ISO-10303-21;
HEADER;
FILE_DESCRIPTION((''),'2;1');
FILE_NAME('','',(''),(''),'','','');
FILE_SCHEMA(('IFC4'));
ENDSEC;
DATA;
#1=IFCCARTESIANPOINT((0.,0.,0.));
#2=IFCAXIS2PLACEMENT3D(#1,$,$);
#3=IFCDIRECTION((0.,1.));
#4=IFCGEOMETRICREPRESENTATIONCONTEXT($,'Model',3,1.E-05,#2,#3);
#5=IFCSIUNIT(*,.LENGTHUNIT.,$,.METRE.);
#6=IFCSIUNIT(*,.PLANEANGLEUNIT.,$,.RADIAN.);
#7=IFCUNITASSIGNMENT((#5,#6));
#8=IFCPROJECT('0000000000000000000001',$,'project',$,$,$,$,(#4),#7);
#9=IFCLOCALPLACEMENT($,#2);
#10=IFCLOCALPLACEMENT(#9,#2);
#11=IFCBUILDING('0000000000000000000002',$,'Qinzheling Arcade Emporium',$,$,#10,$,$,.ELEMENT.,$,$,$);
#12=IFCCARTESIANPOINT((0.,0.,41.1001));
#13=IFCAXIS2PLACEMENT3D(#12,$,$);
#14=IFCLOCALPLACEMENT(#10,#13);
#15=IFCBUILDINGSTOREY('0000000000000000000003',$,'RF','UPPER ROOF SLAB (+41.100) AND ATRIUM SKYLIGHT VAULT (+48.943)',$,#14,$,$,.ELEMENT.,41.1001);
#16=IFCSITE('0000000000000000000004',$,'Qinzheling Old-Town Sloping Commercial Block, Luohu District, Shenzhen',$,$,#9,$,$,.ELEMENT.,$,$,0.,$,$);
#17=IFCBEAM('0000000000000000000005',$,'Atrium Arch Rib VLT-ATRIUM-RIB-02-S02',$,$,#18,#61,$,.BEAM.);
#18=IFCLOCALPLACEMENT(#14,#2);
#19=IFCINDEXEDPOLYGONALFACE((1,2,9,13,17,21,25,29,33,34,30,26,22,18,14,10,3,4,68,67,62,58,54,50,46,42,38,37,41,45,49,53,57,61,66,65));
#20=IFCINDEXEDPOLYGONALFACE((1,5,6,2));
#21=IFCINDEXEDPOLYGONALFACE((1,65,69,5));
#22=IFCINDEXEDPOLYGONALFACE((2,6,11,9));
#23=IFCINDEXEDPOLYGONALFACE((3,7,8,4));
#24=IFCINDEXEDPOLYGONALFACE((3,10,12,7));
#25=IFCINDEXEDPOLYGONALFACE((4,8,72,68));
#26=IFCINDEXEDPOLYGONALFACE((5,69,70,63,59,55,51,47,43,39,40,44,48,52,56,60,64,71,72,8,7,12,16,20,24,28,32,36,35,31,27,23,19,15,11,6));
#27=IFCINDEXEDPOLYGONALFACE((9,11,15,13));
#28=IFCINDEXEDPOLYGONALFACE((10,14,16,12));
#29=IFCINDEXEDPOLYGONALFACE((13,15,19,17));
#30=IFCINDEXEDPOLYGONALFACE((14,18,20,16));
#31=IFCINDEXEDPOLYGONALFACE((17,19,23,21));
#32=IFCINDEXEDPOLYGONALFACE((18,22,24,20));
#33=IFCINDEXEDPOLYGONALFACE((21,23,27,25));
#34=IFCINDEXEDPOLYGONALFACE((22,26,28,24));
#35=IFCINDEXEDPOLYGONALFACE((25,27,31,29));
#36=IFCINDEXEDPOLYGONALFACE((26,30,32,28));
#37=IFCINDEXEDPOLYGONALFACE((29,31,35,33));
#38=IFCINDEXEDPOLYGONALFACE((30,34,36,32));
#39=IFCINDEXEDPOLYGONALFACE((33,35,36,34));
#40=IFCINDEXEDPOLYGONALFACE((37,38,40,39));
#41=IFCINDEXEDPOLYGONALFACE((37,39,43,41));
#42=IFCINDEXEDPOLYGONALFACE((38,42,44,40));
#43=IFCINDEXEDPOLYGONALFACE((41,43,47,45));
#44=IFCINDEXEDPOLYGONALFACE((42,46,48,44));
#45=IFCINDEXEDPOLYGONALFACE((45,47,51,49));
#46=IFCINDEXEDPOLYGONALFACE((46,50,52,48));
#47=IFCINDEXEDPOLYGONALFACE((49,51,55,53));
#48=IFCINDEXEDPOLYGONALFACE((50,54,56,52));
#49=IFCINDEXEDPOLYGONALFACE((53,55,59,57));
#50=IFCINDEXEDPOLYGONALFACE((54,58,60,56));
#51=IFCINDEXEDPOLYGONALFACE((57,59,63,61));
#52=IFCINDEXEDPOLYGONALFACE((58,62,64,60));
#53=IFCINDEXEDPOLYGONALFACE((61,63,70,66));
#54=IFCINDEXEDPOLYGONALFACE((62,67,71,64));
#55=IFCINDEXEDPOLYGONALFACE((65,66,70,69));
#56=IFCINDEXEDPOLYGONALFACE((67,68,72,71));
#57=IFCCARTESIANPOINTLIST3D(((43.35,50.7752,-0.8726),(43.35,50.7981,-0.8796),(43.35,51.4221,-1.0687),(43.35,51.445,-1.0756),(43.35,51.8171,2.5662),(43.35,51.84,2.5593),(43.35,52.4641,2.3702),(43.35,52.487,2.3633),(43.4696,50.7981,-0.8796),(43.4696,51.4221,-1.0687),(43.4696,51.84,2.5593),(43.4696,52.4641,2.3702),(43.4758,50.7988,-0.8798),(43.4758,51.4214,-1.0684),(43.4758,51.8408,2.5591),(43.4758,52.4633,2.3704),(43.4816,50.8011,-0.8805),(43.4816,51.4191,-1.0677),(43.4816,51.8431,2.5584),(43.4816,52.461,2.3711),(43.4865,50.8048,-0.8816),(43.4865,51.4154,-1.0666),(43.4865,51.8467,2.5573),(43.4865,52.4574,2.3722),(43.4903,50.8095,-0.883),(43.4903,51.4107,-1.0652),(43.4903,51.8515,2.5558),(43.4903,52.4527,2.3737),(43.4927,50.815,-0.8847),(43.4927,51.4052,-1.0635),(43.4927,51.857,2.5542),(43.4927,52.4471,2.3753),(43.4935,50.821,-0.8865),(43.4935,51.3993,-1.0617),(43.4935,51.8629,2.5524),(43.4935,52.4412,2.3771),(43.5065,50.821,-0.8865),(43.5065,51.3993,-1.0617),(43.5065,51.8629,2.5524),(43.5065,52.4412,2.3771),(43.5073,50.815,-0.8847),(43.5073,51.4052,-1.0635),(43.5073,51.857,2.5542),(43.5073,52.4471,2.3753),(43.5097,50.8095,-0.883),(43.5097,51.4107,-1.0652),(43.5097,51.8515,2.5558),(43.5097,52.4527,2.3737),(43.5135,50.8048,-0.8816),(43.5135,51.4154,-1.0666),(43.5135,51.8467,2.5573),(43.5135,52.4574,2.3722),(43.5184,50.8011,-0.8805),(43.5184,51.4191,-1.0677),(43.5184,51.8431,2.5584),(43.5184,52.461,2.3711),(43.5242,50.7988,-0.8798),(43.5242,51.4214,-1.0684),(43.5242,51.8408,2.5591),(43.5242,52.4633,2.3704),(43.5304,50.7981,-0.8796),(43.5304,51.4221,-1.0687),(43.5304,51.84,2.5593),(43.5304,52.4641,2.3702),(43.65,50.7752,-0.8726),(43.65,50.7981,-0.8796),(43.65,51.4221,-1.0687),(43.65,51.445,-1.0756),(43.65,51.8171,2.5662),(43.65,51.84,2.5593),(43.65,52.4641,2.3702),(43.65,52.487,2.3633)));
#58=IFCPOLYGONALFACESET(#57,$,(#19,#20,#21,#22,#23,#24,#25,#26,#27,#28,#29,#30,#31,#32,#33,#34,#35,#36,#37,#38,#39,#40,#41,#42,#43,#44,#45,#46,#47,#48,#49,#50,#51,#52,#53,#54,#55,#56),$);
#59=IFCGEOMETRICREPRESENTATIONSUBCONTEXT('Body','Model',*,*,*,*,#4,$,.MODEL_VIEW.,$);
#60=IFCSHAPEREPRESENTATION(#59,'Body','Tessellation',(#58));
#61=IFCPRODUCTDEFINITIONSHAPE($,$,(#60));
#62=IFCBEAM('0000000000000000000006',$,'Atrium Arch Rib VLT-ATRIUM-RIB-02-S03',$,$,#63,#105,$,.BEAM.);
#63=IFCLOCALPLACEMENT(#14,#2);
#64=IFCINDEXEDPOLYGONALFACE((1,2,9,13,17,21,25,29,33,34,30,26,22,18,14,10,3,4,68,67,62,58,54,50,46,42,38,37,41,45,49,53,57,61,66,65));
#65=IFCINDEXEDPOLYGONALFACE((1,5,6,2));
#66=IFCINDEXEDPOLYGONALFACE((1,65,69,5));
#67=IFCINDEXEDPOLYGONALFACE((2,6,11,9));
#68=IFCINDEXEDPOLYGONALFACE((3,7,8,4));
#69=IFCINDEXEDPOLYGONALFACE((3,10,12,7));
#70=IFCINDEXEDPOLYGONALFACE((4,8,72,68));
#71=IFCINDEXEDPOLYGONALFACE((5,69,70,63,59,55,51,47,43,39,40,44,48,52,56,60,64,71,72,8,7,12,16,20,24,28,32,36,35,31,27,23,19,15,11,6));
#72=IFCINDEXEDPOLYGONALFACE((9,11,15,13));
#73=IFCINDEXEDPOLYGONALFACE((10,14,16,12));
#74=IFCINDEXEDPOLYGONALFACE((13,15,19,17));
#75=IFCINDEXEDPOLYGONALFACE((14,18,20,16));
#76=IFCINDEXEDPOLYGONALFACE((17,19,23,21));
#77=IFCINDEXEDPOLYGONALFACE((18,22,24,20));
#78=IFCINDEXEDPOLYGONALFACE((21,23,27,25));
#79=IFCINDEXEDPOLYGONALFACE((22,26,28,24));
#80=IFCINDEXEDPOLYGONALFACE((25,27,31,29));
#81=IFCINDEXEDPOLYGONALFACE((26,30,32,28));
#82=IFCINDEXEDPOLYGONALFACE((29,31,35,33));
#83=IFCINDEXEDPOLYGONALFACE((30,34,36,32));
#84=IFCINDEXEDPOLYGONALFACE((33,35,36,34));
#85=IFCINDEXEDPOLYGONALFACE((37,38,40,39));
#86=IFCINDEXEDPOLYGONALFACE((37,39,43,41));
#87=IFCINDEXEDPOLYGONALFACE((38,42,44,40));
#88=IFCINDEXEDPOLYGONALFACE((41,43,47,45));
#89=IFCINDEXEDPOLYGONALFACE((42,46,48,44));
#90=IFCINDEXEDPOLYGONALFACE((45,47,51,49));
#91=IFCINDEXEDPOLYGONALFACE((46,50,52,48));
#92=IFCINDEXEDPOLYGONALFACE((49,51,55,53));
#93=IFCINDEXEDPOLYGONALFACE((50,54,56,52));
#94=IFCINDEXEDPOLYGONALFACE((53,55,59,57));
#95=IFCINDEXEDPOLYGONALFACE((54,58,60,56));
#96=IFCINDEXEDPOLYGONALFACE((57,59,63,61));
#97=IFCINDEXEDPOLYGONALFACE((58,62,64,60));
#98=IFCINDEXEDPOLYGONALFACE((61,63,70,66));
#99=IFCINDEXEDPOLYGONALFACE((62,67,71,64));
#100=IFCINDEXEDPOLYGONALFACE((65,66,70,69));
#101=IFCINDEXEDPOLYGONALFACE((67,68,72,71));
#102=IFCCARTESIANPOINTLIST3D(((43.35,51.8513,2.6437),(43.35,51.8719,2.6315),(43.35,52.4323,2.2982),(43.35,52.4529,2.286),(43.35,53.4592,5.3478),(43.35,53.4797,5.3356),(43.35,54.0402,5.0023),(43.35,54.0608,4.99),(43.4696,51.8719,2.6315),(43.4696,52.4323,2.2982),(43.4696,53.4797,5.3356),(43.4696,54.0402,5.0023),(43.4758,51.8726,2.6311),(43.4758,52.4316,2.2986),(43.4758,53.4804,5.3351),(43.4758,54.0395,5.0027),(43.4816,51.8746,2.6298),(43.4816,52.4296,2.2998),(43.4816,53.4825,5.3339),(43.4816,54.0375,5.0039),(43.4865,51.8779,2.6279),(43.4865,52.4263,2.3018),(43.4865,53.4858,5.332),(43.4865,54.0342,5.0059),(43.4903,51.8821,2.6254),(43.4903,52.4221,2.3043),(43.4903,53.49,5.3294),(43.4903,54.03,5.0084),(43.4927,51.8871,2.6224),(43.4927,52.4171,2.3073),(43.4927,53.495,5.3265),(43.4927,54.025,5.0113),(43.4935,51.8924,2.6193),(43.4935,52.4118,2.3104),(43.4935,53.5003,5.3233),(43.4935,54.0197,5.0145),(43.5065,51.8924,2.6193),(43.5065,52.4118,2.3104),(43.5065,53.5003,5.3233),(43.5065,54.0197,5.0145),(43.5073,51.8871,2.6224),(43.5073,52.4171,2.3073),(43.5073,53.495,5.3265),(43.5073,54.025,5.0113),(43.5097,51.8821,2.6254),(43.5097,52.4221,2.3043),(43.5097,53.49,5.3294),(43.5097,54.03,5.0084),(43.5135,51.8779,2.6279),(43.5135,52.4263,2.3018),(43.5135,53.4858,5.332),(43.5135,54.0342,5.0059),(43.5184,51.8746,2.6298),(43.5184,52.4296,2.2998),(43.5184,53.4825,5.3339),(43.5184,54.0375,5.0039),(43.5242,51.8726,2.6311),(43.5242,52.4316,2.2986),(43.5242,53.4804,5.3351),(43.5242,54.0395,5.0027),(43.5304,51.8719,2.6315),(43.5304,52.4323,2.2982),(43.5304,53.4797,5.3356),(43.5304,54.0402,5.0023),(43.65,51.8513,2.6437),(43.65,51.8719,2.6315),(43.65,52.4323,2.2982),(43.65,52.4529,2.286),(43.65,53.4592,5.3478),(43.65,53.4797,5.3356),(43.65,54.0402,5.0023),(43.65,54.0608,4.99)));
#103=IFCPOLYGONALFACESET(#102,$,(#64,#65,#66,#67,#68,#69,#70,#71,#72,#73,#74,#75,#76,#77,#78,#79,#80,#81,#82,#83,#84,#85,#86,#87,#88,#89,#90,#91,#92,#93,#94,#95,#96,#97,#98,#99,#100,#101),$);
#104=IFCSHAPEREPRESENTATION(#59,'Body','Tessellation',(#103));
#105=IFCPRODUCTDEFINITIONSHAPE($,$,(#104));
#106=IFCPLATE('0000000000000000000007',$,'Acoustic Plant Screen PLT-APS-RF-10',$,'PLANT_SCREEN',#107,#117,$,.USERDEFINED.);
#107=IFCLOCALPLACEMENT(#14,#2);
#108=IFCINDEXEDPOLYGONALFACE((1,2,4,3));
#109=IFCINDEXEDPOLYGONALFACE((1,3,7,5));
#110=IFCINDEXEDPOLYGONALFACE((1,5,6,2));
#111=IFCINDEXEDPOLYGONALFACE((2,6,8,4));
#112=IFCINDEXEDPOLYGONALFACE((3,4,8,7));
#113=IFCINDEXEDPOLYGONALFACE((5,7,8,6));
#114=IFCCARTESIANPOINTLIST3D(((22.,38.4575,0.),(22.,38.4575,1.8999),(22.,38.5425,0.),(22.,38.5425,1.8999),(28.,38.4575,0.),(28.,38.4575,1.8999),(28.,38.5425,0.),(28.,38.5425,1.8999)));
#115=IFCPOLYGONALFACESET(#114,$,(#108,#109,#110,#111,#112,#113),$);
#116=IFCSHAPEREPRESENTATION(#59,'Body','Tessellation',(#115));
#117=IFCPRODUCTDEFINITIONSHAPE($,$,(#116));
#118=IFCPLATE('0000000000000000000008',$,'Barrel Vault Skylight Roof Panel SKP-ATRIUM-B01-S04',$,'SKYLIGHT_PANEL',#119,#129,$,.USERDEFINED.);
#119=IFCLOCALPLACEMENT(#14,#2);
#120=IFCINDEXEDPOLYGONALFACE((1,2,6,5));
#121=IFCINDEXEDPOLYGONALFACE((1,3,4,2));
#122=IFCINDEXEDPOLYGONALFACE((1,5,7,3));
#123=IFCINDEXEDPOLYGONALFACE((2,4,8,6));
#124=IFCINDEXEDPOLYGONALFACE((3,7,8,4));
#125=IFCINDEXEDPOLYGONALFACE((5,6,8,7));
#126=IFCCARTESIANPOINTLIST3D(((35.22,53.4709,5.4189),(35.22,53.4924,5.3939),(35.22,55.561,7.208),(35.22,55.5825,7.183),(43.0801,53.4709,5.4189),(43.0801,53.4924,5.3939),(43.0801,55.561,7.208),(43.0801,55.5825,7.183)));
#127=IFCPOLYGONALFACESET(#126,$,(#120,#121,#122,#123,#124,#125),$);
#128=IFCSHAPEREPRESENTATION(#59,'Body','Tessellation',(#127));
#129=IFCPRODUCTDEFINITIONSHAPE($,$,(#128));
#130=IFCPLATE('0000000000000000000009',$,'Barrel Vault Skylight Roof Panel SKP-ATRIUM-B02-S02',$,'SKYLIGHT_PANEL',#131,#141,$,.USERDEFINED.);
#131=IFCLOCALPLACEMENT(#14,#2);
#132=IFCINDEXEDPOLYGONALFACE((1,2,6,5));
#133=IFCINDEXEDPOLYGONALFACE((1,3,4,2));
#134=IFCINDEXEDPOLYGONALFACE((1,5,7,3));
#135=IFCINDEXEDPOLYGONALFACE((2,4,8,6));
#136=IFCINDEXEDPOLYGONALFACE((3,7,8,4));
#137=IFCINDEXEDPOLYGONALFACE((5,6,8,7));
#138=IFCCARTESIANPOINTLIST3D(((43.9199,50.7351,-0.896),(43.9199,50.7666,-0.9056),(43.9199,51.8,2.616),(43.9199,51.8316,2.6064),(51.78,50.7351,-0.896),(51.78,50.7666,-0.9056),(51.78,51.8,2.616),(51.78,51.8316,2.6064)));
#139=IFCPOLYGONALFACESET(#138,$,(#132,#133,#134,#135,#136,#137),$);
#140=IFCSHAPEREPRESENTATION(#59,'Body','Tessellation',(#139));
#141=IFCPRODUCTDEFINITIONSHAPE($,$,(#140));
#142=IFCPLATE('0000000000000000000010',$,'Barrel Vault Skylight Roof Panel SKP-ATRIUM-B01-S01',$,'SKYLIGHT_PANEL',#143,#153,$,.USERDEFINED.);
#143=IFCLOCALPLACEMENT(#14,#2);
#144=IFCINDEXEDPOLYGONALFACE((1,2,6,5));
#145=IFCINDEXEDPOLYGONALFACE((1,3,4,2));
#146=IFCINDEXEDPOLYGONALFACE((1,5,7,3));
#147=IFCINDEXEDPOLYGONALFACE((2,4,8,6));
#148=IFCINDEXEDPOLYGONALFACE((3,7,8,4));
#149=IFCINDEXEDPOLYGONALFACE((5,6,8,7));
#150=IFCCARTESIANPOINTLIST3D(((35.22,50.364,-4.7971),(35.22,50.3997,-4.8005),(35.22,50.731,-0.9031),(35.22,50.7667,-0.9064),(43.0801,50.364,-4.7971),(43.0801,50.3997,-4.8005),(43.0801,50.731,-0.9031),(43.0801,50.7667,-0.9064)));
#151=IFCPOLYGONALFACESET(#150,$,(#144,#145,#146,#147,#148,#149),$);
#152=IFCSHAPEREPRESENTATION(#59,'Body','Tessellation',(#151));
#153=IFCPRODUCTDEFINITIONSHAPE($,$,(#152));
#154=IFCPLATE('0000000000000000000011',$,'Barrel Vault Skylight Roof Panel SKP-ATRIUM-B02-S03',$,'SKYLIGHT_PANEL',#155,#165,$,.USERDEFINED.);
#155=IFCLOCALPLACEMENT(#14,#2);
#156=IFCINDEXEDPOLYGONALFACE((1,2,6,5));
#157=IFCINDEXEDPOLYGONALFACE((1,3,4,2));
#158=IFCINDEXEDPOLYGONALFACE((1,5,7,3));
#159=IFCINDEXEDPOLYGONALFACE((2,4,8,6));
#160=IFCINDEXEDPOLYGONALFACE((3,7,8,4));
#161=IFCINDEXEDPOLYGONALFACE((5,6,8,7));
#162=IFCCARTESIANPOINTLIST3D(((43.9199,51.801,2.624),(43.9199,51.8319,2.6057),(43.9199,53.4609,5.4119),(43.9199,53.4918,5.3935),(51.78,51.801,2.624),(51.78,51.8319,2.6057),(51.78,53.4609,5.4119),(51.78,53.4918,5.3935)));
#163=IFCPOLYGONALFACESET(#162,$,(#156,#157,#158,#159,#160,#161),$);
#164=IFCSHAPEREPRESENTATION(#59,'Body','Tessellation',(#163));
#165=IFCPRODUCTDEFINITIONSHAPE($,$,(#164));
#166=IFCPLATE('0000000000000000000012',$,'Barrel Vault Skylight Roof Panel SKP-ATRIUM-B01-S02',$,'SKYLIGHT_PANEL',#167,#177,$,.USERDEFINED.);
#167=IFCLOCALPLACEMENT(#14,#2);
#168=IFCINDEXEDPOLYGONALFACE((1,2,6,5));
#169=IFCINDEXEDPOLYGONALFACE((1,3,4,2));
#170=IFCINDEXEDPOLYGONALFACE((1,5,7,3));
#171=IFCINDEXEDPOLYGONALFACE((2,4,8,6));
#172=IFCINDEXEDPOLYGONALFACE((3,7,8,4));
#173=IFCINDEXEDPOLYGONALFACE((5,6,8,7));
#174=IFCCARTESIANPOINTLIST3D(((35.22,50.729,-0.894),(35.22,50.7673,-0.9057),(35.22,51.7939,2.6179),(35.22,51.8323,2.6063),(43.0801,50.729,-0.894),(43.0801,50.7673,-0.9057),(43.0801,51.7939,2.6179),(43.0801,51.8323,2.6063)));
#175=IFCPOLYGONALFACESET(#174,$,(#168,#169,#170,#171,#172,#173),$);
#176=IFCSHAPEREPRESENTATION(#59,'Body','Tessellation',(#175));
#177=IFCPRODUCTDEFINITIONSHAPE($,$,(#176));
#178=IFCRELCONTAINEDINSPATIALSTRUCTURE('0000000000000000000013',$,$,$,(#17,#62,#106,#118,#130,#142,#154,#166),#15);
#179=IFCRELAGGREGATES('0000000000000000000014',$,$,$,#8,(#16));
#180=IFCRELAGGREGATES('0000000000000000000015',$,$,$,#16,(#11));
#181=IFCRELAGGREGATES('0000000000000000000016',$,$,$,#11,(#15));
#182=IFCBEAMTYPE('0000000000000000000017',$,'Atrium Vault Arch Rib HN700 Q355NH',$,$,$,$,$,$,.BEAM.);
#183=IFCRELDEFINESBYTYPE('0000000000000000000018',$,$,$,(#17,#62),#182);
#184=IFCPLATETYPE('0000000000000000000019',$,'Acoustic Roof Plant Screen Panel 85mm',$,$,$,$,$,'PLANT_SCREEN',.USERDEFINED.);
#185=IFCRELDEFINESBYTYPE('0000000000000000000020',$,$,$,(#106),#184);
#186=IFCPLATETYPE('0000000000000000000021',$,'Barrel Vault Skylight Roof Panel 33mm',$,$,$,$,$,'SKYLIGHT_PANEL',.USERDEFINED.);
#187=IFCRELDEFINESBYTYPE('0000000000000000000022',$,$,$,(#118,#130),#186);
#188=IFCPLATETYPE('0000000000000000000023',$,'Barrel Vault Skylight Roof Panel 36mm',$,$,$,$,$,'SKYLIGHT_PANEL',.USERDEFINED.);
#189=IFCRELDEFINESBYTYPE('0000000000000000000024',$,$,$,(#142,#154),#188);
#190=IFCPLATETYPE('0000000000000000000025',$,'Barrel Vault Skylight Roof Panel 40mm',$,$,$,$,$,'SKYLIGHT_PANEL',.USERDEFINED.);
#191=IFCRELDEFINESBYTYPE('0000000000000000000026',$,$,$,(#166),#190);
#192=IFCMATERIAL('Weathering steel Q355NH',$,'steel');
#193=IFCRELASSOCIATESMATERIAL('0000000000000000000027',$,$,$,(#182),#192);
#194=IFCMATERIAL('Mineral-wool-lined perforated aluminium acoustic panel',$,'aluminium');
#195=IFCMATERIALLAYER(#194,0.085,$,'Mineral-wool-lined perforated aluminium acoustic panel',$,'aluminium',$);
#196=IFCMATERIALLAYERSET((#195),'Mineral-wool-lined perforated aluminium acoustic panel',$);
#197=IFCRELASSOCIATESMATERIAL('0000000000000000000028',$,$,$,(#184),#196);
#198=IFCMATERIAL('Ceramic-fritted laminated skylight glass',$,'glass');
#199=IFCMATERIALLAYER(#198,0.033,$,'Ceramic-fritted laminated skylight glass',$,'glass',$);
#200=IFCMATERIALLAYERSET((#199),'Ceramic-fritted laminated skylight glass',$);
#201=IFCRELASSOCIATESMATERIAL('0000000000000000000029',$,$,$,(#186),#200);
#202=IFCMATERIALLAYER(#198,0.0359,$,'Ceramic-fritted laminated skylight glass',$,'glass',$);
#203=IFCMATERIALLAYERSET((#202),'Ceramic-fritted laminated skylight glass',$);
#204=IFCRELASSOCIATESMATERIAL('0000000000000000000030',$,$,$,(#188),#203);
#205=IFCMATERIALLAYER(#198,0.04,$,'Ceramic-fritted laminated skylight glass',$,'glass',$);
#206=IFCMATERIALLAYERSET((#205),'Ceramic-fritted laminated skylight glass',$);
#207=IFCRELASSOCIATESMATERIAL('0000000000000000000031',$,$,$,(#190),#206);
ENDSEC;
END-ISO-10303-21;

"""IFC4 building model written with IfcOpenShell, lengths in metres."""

from ifc_helpers import new_model, si_unit, direction, frame, origin, origin_2d, place, context, subcontext, project, spatial, polyline, rectangle, i_section, outline, extrude, material, layer, layer_set, material_profile, profile_set, type_object, element, save


model = new_model("IFC4")

# Units and contexts
model_context = context("Model", 3, precision=1e-05, world=origin(), true_north=direction((0.0, 1.0)))
body_context = subcontext(model_context, "Body", "Model", "MODEL_VIEW")
ifc_project = project(units=[si_unit("LENGTHUNIT", "METRE"), si_unit("PLANEANGLEUNIT", "RADIAN")], contexts=[model_context])

# Site, building, storey
site_placement = place(None, origin())
site = spatial("IfcSite", under=ifc_project, at=site_placement, Name="Qinzheling Old-Town Sloping Commercial Block, Luohu District, Shenzhen", CompositionType="ELEMENT", RefElevation=0.0)
building_placement = place(site_placement, origin())
building = spatial("IfcBuilding", under=site, at=building_placement, Name="Qinzheling Arcade Emporium", CompositionType="ELEMENT")
storey_placement = place(building_placement, frame((0.0, 0.0, 41.1001)))
storey = spatial("IfcBuildingStorey", under=building, at=storey_placement, Name="RF", Description="UPPER ROOF SLAB (+41.100) AND ATRIUM SKYLIGHT VAULT (+48.943)", CompositionType="ELEMENT", Elevation=41.1001)

# Shared definitions
ifc_material_1 = material(Name="Weathering steel Q355NH", Category="steel")

# Beams
ifc_material_profile_1 = material_profile(ifc_material_1, i_section(OverallWidth=0.3, OverallDepth=0.7, WebThickness=0.0129, FlangeThickness=0.0239, FilletRadius=0.0239, at=origin_2d()), Name="HN 700x300x13x24", Category="steel")
ifc_profile_set_1 = profile_set([ifc_material_profile_1], Name="Weathering steel Q355NH")
beam_type_1 = type_object("IfcBeamType", Name="Atrium Vault Arch Rib HN700 Q355NH", PredefinedType="BEAM", material=ifc_profile_set_1)
beam_1_placement = place(storey_placement, frame((43.5, 51.1101, -0.9741), z_axis=(0.0, 0.289977, 0.957034), x_axis=(-1.0, 0.0, 0.0)))
element("IfcBeam", 1, at=beam_1_placement, inside=storey, type_object=beam_type_1, Name="Atrium Arch Rib VLT-ATRIUM-RIB-02-S02", PredefinedType="BEAM", context=body_context, shape_type="SweptSolid", body=[
    extrude(i_section(OverallWidth=0.3, OverallDepth=0.7, WebThickness=0.0129, FlangeThickness=0.0239, FilletRadius=0.0239, at=origin_2d()), origin(), (0.0, 0.0, 1.0), 3.5933),
])
beam_2_placement = place(storey_placement, frame((43.5, 52.1521, 2.4648), z_axis=(0.0, 0.511091, 0.859527), x_axis=(-1.0, 0.0, 0.0)))
element("IfcBeam", 2, at=beam_2_placement, inside=storey, type_object=beam_type_1, Name="Atrium Arch Rib VLT-ATRIUM-RIB-02-S03", PredefinedType="BEAM", context=body_context, shape_type="SweptSolid", body=[
    extrude(i_section(OverallWidth=0.3, OverallDepth=0.7, WebThickness=0.0129, FlangeThickness=0.0239, FilletRadius=0.0239, at=origin_2d()), origin(), (0.0, 0.0, 1.0), 3.146),
])

# Plates
ifc_material_2 = material(Name="Mineral-wool-lined perforated aluminium acoustic panel", Category="aluminium")
ifc_layer_1 = layer(ifc_material_2, 0.085, Name="Mineral-wool-lined perforated aluminium acoustic panel", Category="aluminium")
ifc_layer_set_1 = layer_set([ifc_layer_1], Name="Mineral-wool-lined perforated aluminium acoustic panel")
plate_type_1 = type_object("IfcPlateType", Name="Acoustic Roof Plant Screen Panel 85mm", ElementType="PLANT_SCREEN", PredefinedType="USERDEFINED", material=ifc_layer_set_1)
plate_1_placement = place(storey_placement, frame((25.0, 38.5, 0.0), z_axis=(0.0, 0.0, 1.0), x_axis=(1.0, 0.0, 0.0)))
element("IfcPlate", 3, at=plate_1_placement, inside=storey, type_object=plate_type_1, Name="Acoustic Plant Screen PLT-APS-RF-10", ObjectType="PLANT_SCREEN", PredefinedType="USERDEFINED", context=body_context, shape_type="SweptSolid", body=[
    extrude(rectangle(XDim=6.0, YDim=0.085, at=origin_2d()), origin(), (0.0, 0.0, 1.0), 1.8999),
])
ifc_material_3 = material(Name="Ceramic-fritted laminated skylight glass", Category="glass")
ifc_layer_2 = layer(ifc_material_3, 0.033, Name="Ceramic-fritted laminated skylight glass", Category="glass")
ifc_layer_set_2 = layer_set([ifc_layer_2], Name="Ceramic-fritted laminated skylight glass")
plate_type_2 = type_object("IfcPlateType", Name="Barrel Vault Skylight Roof Panel 33mm", ElementType="SKYLIGHT_PANEL", PredefinedType="USERDEFINED", material=ifc_layer_set_2)
plate_2_placement = place(storey_placement, frame((35.22, 53.4709, 5.4189), z_axis=(0.0, -0.65028, 0.759695), x_axis=(1.0, 0.0, 0.0)))
element("IfcPlate", 4, at=plate_2_placement, inside=storey, type_object=plate_type_2, Name="Barrel Vault Skylight Roof Panel SKP-ATRIUM-B01-S04", ObjectType="SKYLIGHT_PANEL", PredefinedType="USERDEFINED", context=body_context, shape_type="SweptSolid", body=[
    extrude(outline(polyline([(0.0, 0.0), (7.8601, 0.0), (7.8601, 2.7512), (0.0, 2.7512), (0.0, 0.0)])), origin(), (0.0, 0.0, -1.0), 0.033),
])
plate_3_placement = place(storey_placement, frame((43.9199, 50.7351, -0.896), z_axis=(0.0, -0.956971, 0.290185), x_axis=(1.0, 0.0, 0.0)))
element("IfcPlate", 5, at=plate_3_placement, inside=storey, type_object=plate_type_2, Name="Barrel Vault Skylight Roof Panel SKP-ATRIUM-B02-S02", ObjectType="SKYLIGHT_PANEL", PredefinedType="USERDEFINED", context=body_context, shape_type="SweptSolid", body=[
    extrude(outline(polyline([(0.0, 0.0), (7.8601, 0.0), (7.8601, 3.6699), (0.0, 3.6699), (0.0, 0.0)])), origin(), (0.0, 0.0, -1.0), 0.033),
])
ifc_layer_3 = layer(ifc_material_3, 0.0359, Name="Ceramic-fritted laminated skylight glass", Category="glass")
ifc_layer_set_3 = layer_set([ifc_layer_3], Name="Ceramic-fritted laminated skylight glass")
plate_type_3 = type_object("IfcPlateType", Name="Barrel Vault Skylight Roof Panel 36mm", ElementType="SKYLIGHT_PANEL", PredefinedType="USERDEFINED", material=ifc_layer_set_3)
plate_4_placement = place(storey_placement, frame((35.22, 50.364, -4.7971), z_axis=(0.0, -0.99559, 0.093816), x_axis=(1.0, 0.0, 0.0)))
element("IfcPlate", 6, at=plate_4_placement, inside=storey, type_object=plate_type_3, Name="Barrel Vault Skylight Roof Panel SKP-ATRIUM-B01-S01", ObjectType="SKYLIGHT_PANEL", PredefinedType="USERDEFINED", context=body_context, shape_type="SweptSolid", body=[
    extrude(outline(polyline([(0.0, 0.0), (7.8601, 0.0), (7.8601, 3.9113), (0.0, 3.9113), (0.0, 0.0)])), origin(), (0.0, 0.0, -1.0), 0.0359),
])
plate_5_placement = place(storey_placement, frame((43.9199, 51.801, 2.624), z_axis=(0.0, -0.859228, 0.511594), x_axis=(1.0, 0.0, 0.0)))
element("IfcPlate", 7, at=plate_5_placement, inside=storey, type_object=plate_type_3, Name="Barrel Vault Skylight Roof Panel SKP-ATRIUM-B02-S03", ObjectType="SKYLIGHT_PANEL", PredefinedType="USERDEFINED", context=body_context, shape_type="SweptSolid", body=[
    extrude(outline(polyline([(0.0, 0.0), (7.8601, 0.0), (7.8601, 3.2446), (0.0, 3.2446), (0.0, 0.0)])), origin(), (0.0, 0.0, -1.0), 0.0359),
])
ifc_layer_4 = layer(ifc_material_3, 0.04, Name="Ceramic-fritted laminated skylight glass", Category="glass")
ifc_layer_set_4 = layer_set([ifc_layer_4], Name="Ceramic-fritted laminated skylight glass")
plate_type_4 = type_object("IfcPlateType", Name="Barrel Vault Skylight Roof Panel 40mm", ElementType="SKYLIGHT_PANEL", PredefinedType="USERDEFINED", material=ifc_layer_set_4)
plate_6_placement = place(storey_placement, frame((35.22, 50.729, -0.894), z_axis=(0.0, -0.956971, 0.290185), x_axis=(1.0, 0.0, 0.0)))
element("IfcPlate", 8, at=plate_6_placement, inside=storey, type_object=plate_type_4, Name="Barrel Vault Skylight Roof Panel SKP-ATRIUM-B01-S02", ObjectType="SKYLIGHT_PANEL", PredefinedType="USERDEFINED", context=body_context, shape_type="SweptSolid", body=[
    extrude(outline(polyline([(0.0, 0.0), (7.8601, 0.0), (7.8601, 3.6699), (0.0, 3.6699), (0.0, 0.0)])), origin(), (0.0, 0.0, -1.0), 0.04),
])

save(model, "model.ifc")
